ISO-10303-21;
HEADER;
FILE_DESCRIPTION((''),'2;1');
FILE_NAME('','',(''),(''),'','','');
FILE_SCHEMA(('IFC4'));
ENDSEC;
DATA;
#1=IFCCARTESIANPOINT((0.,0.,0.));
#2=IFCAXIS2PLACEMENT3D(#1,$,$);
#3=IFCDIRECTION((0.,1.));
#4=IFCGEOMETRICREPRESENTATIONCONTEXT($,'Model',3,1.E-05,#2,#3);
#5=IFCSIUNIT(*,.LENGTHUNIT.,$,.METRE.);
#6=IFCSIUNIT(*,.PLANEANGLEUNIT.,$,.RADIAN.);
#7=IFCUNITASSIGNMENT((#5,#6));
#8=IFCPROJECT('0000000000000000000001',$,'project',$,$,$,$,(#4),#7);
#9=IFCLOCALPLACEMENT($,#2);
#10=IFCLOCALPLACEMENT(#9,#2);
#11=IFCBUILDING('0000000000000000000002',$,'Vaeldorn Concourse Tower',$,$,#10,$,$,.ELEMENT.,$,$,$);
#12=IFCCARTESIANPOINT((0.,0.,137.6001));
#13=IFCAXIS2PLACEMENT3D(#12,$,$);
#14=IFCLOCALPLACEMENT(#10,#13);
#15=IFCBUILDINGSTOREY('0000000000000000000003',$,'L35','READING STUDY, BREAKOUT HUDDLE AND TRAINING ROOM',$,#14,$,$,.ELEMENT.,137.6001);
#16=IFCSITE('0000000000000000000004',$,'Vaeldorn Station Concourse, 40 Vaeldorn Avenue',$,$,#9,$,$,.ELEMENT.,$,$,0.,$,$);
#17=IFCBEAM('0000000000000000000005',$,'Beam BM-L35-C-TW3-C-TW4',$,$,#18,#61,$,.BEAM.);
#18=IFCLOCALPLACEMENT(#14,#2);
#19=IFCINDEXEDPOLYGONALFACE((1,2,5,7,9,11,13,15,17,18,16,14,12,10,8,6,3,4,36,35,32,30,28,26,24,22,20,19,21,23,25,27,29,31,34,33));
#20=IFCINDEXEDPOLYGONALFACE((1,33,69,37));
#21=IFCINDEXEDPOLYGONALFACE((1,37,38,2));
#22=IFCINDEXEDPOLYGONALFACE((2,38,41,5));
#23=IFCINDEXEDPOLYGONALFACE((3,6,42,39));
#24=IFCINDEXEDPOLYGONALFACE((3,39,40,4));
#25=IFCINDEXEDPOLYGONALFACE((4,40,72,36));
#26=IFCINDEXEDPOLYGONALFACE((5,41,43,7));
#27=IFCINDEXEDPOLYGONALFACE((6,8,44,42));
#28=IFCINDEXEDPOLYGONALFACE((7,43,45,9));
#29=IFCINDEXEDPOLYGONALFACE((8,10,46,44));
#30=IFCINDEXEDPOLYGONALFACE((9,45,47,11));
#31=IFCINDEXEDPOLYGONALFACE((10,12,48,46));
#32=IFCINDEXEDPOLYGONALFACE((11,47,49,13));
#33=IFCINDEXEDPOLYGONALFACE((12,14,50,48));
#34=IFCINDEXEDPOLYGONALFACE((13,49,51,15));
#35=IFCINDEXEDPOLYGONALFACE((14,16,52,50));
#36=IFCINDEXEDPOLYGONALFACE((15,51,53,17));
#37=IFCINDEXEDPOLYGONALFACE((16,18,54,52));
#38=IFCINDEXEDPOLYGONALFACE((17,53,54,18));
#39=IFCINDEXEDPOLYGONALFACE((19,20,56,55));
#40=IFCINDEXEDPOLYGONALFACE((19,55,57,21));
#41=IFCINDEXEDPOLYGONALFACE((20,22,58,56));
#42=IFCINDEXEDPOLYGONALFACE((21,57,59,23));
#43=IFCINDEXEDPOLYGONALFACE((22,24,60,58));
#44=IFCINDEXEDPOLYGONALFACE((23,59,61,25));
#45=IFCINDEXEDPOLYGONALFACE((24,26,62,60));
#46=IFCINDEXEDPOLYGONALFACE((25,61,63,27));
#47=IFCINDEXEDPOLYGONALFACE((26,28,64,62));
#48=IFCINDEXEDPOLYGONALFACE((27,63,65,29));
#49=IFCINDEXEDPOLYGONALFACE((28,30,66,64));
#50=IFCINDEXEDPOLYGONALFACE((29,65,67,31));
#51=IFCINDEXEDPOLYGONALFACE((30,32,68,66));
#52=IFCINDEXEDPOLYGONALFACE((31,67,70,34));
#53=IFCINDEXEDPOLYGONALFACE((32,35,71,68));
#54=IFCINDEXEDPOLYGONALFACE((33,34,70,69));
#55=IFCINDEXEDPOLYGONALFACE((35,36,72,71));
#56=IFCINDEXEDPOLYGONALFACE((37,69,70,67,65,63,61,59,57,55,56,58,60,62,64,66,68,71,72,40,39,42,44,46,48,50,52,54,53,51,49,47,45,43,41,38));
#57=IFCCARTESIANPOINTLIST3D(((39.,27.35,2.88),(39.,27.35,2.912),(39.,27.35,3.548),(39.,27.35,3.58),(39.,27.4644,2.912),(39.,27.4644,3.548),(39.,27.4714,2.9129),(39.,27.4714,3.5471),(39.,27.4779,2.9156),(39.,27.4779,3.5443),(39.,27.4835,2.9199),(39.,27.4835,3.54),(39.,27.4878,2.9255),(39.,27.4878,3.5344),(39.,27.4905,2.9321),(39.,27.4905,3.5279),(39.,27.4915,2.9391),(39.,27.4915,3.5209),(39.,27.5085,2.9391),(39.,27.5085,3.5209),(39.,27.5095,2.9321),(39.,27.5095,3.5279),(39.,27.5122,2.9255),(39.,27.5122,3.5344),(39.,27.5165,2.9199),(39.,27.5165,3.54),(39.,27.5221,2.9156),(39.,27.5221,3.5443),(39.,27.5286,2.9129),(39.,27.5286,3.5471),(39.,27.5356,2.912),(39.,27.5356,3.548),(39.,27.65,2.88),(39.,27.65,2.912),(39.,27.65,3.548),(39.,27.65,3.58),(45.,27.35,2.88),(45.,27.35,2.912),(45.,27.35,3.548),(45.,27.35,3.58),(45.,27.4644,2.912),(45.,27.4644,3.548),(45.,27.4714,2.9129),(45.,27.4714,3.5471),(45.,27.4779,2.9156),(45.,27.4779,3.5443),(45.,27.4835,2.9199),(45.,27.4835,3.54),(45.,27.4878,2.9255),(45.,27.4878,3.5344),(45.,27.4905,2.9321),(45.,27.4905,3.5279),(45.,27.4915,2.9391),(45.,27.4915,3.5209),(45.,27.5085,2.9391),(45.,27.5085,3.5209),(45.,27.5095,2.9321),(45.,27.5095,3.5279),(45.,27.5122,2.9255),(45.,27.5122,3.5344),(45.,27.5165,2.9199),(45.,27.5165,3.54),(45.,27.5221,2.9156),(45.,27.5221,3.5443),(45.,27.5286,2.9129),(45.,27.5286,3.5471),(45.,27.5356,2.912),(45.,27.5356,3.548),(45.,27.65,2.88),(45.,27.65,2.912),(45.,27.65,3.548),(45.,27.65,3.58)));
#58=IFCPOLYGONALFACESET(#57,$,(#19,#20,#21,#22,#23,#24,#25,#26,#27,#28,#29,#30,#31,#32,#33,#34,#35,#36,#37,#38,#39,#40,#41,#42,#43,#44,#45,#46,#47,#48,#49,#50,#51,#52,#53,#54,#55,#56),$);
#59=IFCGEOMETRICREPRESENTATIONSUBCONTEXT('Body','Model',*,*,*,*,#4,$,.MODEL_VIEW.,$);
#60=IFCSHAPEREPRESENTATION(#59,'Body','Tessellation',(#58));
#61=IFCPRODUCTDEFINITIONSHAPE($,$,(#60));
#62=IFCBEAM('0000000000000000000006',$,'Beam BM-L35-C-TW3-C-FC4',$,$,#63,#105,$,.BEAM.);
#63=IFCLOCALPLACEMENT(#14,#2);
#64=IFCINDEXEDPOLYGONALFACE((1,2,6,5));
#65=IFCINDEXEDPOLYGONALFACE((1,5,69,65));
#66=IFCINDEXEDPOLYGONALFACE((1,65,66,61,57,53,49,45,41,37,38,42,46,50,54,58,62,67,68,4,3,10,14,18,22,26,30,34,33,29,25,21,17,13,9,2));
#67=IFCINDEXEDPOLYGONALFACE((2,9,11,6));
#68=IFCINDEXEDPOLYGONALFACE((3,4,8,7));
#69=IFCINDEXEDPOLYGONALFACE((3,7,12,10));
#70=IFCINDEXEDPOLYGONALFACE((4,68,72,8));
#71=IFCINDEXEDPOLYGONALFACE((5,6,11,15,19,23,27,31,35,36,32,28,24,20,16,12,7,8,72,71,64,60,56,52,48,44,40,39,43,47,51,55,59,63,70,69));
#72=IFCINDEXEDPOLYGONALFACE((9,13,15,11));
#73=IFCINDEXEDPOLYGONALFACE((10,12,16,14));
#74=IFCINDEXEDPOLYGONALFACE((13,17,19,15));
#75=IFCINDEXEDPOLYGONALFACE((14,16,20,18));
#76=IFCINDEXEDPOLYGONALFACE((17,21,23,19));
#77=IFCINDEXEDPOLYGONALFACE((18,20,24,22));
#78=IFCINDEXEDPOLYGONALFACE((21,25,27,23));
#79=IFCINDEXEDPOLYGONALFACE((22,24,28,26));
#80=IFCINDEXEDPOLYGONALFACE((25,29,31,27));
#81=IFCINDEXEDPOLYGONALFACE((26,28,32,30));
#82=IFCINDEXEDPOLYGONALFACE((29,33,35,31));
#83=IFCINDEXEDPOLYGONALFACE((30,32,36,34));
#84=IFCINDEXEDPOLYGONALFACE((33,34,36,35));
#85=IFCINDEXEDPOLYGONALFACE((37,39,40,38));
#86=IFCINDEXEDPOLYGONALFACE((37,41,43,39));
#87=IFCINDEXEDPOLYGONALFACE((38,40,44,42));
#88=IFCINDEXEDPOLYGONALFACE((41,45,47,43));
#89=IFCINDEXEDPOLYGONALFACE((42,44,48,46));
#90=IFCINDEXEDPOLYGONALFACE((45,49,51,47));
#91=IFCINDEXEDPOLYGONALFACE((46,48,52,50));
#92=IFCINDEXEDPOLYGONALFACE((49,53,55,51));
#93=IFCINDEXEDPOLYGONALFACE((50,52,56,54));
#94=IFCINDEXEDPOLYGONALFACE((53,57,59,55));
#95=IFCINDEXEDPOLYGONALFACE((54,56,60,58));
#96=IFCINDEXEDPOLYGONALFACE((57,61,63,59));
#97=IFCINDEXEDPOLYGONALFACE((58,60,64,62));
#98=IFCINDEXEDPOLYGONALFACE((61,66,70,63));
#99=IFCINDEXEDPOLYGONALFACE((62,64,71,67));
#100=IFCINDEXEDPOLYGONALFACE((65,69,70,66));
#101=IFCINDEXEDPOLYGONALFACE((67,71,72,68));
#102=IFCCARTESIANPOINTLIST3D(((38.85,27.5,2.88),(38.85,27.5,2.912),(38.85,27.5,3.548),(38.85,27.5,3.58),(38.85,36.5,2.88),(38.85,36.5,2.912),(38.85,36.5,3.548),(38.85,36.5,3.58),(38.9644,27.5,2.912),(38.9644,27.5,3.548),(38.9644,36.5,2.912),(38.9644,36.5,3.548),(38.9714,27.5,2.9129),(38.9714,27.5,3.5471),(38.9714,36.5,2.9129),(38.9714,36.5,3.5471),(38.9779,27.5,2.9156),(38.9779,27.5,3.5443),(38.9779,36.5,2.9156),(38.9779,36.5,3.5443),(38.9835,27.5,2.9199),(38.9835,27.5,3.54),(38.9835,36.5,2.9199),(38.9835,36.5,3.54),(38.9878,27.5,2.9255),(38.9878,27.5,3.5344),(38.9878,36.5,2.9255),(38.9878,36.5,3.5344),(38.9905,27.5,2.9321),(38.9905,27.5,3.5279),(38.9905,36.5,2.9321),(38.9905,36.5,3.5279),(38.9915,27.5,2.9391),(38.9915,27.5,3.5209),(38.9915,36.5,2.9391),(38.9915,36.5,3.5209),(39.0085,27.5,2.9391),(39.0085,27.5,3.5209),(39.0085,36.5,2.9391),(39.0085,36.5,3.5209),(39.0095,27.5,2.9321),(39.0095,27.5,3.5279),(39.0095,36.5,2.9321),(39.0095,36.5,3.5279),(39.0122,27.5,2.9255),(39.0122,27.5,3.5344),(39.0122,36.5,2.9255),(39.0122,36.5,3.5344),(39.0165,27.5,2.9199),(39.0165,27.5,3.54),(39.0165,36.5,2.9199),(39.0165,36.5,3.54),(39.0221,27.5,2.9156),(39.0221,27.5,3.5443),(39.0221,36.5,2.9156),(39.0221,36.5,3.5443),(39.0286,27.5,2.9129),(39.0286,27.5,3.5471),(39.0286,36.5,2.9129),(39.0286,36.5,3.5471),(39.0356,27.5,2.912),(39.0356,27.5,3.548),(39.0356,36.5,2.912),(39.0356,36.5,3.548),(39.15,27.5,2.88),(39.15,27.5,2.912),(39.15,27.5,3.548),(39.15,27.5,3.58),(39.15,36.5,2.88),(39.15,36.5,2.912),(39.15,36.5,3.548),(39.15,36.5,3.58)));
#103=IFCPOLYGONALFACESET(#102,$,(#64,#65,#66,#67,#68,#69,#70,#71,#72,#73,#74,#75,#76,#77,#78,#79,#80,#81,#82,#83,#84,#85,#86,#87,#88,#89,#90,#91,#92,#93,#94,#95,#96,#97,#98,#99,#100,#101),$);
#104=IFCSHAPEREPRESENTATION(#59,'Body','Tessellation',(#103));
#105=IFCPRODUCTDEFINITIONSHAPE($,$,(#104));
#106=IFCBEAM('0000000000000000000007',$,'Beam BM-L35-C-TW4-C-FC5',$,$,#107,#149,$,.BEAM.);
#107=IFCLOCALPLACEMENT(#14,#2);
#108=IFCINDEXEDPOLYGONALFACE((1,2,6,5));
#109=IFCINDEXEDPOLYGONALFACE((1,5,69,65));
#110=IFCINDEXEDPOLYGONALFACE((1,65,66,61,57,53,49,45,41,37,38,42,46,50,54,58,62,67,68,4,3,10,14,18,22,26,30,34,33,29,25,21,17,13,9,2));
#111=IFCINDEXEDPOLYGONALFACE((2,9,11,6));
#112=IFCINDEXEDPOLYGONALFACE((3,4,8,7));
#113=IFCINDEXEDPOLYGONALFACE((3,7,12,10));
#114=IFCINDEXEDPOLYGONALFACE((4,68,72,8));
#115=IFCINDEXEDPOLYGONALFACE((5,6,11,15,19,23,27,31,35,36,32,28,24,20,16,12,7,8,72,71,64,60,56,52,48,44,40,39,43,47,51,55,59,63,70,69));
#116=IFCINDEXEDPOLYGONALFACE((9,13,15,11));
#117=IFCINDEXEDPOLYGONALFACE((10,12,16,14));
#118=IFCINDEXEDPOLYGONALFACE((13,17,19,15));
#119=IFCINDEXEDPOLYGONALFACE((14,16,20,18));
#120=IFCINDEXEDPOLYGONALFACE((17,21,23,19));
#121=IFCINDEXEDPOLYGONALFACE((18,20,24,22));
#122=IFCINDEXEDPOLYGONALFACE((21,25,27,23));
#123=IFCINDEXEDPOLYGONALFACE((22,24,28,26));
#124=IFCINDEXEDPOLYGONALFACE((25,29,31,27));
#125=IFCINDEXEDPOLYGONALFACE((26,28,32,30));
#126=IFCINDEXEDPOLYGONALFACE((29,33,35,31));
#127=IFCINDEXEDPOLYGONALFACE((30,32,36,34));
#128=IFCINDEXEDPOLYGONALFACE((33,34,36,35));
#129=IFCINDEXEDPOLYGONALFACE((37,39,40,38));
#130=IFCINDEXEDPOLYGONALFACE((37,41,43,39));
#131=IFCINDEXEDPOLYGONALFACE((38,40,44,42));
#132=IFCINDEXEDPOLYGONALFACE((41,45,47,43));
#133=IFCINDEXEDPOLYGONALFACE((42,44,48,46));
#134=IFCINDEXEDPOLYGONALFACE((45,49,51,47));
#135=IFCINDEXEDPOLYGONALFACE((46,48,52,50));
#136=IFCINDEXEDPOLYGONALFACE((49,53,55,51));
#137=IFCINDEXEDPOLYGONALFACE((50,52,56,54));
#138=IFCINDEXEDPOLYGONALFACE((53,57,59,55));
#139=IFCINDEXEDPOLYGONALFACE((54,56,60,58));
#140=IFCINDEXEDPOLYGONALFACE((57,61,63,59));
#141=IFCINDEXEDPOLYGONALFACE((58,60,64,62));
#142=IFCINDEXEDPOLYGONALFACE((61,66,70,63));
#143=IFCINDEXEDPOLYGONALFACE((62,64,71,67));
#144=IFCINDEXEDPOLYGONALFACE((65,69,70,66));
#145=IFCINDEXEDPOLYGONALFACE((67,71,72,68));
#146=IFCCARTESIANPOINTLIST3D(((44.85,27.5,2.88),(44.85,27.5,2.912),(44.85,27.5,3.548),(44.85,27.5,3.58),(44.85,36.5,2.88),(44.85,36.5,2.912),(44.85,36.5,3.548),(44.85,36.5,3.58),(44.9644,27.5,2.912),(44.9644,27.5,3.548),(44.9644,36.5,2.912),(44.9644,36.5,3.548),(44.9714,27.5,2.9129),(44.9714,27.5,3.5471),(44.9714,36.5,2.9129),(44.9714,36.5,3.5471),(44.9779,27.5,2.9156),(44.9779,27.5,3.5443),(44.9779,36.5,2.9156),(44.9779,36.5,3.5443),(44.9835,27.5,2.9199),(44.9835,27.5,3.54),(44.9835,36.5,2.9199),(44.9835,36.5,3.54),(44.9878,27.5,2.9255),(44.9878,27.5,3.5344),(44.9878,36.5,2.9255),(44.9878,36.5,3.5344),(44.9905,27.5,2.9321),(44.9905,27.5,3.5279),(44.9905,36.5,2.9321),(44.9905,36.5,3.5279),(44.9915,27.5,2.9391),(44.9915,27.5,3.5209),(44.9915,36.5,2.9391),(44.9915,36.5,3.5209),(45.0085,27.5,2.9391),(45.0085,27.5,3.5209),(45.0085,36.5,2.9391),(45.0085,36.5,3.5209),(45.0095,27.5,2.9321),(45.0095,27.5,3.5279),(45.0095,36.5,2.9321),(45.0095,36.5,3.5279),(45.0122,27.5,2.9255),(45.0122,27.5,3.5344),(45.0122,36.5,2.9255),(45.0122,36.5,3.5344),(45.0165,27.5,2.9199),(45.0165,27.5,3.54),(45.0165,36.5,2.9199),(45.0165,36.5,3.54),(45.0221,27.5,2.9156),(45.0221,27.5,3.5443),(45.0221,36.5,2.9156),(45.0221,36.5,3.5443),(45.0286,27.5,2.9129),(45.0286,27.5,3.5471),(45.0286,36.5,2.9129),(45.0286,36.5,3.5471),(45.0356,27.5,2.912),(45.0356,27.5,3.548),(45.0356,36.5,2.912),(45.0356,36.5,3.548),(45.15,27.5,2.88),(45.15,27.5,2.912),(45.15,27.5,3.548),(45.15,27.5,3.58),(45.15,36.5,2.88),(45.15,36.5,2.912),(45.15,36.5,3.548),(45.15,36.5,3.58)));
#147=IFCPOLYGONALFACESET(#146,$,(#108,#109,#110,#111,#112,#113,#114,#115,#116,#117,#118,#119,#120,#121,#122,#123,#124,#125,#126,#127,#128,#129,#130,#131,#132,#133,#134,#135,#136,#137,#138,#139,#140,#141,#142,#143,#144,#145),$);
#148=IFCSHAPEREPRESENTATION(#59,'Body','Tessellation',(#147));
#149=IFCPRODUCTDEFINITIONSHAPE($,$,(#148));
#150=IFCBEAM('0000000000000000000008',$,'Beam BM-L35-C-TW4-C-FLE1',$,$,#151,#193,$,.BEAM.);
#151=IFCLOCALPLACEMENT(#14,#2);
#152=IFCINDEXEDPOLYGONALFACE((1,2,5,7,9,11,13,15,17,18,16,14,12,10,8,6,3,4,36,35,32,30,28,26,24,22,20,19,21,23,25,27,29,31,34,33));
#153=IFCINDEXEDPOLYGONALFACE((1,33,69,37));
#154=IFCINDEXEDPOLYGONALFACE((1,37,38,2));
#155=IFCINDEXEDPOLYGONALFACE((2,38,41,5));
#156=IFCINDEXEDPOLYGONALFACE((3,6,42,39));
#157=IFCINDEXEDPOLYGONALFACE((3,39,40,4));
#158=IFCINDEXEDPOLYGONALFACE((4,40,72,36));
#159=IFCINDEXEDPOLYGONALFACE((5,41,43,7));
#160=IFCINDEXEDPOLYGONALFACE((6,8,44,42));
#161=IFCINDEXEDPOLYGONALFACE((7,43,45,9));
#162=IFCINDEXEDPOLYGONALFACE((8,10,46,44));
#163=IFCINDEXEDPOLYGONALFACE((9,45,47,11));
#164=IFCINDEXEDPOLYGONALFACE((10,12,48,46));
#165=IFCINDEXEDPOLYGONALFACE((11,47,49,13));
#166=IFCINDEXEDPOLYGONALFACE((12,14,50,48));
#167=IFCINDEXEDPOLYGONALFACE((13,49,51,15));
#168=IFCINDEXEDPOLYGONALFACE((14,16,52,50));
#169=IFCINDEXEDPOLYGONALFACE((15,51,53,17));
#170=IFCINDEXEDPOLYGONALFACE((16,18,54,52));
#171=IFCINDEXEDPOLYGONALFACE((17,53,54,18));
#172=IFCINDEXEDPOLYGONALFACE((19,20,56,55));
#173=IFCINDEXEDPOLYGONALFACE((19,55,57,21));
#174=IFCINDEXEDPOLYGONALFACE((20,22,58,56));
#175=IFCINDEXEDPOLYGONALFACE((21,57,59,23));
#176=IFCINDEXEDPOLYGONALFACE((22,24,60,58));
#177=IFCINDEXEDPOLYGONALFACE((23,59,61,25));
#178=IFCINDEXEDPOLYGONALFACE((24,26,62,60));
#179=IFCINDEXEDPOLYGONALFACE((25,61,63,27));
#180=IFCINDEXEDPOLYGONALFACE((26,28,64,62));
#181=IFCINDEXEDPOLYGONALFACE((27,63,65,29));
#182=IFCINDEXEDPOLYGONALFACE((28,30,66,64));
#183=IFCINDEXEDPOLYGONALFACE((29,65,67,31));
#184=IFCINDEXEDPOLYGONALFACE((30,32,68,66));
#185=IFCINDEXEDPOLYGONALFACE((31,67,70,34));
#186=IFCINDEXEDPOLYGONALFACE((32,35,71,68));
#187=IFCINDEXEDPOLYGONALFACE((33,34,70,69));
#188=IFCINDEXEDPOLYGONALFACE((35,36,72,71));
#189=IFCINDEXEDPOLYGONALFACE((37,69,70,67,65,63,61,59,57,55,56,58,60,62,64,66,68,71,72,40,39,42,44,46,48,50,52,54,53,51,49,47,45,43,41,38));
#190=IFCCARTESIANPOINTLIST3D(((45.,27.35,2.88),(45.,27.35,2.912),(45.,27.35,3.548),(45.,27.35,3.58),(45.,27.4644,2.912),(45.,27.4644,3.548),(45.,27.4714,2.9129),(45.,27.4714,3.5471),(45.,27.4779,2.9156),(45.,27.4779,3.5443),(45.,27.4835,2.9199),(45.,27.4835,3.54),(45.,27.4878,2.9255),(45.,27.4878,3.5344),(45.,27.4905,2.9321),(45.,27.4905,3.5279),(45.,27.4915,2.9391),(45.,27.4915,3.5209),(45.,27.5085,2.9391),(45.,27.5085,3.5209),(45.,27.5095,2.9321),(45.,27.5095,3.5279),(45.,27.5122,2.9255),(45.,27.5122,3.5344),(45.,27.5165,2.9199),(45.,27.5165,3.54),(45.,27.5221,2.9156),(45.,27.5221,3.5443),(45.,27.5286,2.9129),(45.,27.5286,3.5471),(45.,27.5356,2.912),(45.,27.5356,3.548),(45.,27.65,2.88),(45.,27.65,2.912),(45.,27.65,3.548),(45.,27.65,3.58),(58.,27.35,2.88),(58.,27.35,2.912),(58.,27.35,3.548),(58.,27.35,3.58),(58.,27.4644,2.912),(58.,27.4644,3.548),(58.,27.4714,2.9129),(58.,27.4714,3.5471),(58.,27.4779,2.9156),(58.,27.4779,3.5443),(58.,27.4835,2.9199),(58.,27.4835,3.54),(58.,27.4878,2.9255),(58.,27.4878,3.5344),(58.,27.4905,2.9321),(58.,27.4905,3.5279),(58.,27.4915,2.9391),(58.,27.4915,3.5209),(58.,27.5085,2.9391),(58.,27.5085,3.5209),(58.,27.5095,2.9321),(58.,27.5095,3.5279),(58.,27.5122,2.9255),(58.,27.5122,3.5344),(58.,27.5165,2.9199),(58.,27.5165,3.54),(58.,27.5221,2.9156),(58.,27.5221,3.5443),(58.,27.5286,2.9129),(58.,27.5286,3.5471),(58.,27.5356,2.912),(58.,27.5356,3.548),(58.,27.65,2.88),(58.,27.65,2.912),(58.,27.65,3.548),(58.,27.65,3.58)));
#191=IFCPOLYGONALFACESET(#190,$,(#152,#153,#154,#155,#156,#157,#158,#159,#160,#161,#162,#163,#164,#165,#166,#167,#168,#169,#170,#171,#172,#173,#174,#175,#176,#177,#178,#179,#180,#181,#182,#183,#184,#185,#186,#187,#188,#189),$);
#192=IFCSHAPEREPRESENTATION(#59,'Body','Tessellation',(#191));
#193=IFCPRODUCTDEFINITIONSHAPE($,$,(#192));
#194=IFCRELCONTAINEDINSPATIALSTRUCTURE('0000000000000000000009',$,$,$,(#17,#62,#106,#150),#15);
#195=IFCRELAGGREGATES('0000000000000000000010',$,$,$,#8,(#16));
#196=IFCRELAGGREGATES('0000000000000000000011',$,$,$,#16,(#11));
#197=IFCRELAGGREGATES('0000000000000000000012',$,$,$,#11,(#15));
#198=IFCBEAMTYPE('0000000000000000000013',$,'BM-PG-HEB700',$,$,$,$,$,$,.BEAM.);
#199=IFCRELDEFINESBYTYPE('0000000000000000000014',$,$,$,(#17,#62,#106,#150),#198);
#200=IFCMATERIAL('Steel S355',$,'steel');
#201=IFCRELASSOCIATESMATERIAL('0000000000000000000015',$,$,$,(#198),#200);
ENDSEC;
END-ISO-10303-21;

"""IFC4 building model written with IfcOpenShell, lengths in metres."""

from ifc_helpers import new_model, si_unit, direction, frame, origin, origin_2d, place, context, subcontext, project, spatial, i_section, extrude, source, transform, mapped, material, material_profile, profile_set, type_object, element, save


model = new_model("IFC4")

# Units and contexts
model_context = context("Model", 3, precision=1e-05, world=origin(), true_north=direction((0.0, 1.0)))
body_context = subcontext(model_context, "Body", "Model", "MODEL_VIEW")
ifc_project = project(units=[si_unit("LENGTHUNIT", "METRE"), si_unit("PLANEANGLEUNIT", "RADIAN")], contexts=[model_context])

# Site, building, storey
site_placement = place(None, origin())
site = spatial("IfcSite", under=ifc_project, at=site_placement, Name="Vaeldorn Station Concourse, 40 Vaeldorn Avenue", CompositionType="ELEMENT", RefElevation=0.0)
building_placement = place(site_placement, origin())
building = spatial("IfcBuilding", under=site, at=building_placement, Name="Vaeldorn Concourse Tower", CompositionType="ELEMENT")
storey_placement = place(building_placement, frame((0.0, 0.0, 137.6001)))
storey = spatial("IfcBuildingStorey", under=building, at=storey_placement, Name="L35", Description="READING STUDY, BREAKOUT HUDDLE AND TRAINING ROOM", CompositionType="ELEMENT", Elevation=137.6001)

# Beams
ifc_material_1 = material(Name="Steel S355", Category="steel")
ifc_material_profile_1 = material_profile(ifc_material_1, i_section(OverallWidth=0.3, OverallDepth=0.7, WebThickness=0.0171, FlangeThickness=0.032, FilletRadius=0.0271, at=origin_2d()), Name="HEB 700")
ifc_profile_set_1 = profile_set([ifc_material_profile_1], Name="Steel S355")
beam_type_1 = type_object("IfcBeamType", Name="BM-PG-HEB700", PredefinedType="BEAM", material=ifc_profile_set_1)
shared_shape_1 = source(origin(), body_context, "Body", "SweptSolid", [
    extrude(i_section(OverallWidth=0.3, OverallDepth=0.7, WebThickness=0.0171, FlangeThickness=0.032, FilletRadius=0.0271, at=origin_2d()), origin(), (0.0, 0.0, 1.0), 6.0),
])
for number, where, z_axis, x_axis, name in (
    (1, (39.0, 27.5, 3.23), (1.0, 0.0, 0.0), (0.0, 1.0, 0.0), "Beam BM-L35-C-TW3-C-TW4"),
):
    element("IfcBeam", number, at=place(storey_placement, frame(where, z_axis=z_axis, x_axis=x_axis)), inside=storey, type_object=beam_type_1, Name=name, PredefinedType="BEAM", context=body_context, shape_type="MappedRepresentation", body=[
        mapped(shared_shape_1, transform((0.0, 0.0, 0.0), scale=1.0)),
    ])
shared_shape_2 = source(origin(), body_context, "Body", "SweptSolid", [
    extrude(i_section(OverallWidth=0.3, OverallDepth=0.7, WebThickness=0.0171, FlangeThickness=0.032, FilletRadius=0.0271, at=origin_2d()), origin(), (0.0, 0.0, 1.0), 9.0),
])
for number, where, z_axis, x_axis, name in (
    (2, (39.0, 27.5, 3.23), (0.0, 1.0, 0.0), (-1.0, 0.0, 0.0), "Beam BM-L35-C-TW3-C-FC4"),
    (3, (45.0, 27.5, 3.23), (0.0, 1.0, 0.0), (-1.0, 0.0, 0.0), "Beam BM-L35-C-TW4-C-FC5"),
):
    element("IfcBeam", number, at=place(storey_placement, frame(where, z_axis=z_axis, x_axis=x_axis)), inside=storey, type_object=beam_type_1, Name=name, PredefinedType="BEAM", context=body_context, shape_type="MappedRepresentation", body=[
        mapped(shared_shape_2, transform((0.0, 0.0, 0.0), scale=1.0)),
    ])
shared_shape_3 = source(origin(), body_context, "Body", "SweptSolid", [
    extrude(i_section(OverallWidth=0.3, OverallDepth=0.7, WebThickness=0.0171, FlangeThickness=0.032, FilletRadius=0.0271, at=origin_2d()), origin(), (0.0, 0.0, 1.0), 13.0),
])
beam_1_placement = place(storey_placement, frame((45.0, 27.5, 3.23), z_axis=(1.0, 0.0, 0.0), x_axis=(0.0, 1.0, 0.0)))
element("IfcBeam", 4, at=beam_1_placement, inside=storey, type_object=beam_type_1, Name="Beam BM-L35-C-TW4-C-FLE1", PredefinedType="BEAM", context=body_context, shape_type="MappedRepresentation", body=[
    mapped(shared_shape_3, transform((0.0, 0.0, 0.0), scale=1.0)),
])

save(model, "model.ifc")
